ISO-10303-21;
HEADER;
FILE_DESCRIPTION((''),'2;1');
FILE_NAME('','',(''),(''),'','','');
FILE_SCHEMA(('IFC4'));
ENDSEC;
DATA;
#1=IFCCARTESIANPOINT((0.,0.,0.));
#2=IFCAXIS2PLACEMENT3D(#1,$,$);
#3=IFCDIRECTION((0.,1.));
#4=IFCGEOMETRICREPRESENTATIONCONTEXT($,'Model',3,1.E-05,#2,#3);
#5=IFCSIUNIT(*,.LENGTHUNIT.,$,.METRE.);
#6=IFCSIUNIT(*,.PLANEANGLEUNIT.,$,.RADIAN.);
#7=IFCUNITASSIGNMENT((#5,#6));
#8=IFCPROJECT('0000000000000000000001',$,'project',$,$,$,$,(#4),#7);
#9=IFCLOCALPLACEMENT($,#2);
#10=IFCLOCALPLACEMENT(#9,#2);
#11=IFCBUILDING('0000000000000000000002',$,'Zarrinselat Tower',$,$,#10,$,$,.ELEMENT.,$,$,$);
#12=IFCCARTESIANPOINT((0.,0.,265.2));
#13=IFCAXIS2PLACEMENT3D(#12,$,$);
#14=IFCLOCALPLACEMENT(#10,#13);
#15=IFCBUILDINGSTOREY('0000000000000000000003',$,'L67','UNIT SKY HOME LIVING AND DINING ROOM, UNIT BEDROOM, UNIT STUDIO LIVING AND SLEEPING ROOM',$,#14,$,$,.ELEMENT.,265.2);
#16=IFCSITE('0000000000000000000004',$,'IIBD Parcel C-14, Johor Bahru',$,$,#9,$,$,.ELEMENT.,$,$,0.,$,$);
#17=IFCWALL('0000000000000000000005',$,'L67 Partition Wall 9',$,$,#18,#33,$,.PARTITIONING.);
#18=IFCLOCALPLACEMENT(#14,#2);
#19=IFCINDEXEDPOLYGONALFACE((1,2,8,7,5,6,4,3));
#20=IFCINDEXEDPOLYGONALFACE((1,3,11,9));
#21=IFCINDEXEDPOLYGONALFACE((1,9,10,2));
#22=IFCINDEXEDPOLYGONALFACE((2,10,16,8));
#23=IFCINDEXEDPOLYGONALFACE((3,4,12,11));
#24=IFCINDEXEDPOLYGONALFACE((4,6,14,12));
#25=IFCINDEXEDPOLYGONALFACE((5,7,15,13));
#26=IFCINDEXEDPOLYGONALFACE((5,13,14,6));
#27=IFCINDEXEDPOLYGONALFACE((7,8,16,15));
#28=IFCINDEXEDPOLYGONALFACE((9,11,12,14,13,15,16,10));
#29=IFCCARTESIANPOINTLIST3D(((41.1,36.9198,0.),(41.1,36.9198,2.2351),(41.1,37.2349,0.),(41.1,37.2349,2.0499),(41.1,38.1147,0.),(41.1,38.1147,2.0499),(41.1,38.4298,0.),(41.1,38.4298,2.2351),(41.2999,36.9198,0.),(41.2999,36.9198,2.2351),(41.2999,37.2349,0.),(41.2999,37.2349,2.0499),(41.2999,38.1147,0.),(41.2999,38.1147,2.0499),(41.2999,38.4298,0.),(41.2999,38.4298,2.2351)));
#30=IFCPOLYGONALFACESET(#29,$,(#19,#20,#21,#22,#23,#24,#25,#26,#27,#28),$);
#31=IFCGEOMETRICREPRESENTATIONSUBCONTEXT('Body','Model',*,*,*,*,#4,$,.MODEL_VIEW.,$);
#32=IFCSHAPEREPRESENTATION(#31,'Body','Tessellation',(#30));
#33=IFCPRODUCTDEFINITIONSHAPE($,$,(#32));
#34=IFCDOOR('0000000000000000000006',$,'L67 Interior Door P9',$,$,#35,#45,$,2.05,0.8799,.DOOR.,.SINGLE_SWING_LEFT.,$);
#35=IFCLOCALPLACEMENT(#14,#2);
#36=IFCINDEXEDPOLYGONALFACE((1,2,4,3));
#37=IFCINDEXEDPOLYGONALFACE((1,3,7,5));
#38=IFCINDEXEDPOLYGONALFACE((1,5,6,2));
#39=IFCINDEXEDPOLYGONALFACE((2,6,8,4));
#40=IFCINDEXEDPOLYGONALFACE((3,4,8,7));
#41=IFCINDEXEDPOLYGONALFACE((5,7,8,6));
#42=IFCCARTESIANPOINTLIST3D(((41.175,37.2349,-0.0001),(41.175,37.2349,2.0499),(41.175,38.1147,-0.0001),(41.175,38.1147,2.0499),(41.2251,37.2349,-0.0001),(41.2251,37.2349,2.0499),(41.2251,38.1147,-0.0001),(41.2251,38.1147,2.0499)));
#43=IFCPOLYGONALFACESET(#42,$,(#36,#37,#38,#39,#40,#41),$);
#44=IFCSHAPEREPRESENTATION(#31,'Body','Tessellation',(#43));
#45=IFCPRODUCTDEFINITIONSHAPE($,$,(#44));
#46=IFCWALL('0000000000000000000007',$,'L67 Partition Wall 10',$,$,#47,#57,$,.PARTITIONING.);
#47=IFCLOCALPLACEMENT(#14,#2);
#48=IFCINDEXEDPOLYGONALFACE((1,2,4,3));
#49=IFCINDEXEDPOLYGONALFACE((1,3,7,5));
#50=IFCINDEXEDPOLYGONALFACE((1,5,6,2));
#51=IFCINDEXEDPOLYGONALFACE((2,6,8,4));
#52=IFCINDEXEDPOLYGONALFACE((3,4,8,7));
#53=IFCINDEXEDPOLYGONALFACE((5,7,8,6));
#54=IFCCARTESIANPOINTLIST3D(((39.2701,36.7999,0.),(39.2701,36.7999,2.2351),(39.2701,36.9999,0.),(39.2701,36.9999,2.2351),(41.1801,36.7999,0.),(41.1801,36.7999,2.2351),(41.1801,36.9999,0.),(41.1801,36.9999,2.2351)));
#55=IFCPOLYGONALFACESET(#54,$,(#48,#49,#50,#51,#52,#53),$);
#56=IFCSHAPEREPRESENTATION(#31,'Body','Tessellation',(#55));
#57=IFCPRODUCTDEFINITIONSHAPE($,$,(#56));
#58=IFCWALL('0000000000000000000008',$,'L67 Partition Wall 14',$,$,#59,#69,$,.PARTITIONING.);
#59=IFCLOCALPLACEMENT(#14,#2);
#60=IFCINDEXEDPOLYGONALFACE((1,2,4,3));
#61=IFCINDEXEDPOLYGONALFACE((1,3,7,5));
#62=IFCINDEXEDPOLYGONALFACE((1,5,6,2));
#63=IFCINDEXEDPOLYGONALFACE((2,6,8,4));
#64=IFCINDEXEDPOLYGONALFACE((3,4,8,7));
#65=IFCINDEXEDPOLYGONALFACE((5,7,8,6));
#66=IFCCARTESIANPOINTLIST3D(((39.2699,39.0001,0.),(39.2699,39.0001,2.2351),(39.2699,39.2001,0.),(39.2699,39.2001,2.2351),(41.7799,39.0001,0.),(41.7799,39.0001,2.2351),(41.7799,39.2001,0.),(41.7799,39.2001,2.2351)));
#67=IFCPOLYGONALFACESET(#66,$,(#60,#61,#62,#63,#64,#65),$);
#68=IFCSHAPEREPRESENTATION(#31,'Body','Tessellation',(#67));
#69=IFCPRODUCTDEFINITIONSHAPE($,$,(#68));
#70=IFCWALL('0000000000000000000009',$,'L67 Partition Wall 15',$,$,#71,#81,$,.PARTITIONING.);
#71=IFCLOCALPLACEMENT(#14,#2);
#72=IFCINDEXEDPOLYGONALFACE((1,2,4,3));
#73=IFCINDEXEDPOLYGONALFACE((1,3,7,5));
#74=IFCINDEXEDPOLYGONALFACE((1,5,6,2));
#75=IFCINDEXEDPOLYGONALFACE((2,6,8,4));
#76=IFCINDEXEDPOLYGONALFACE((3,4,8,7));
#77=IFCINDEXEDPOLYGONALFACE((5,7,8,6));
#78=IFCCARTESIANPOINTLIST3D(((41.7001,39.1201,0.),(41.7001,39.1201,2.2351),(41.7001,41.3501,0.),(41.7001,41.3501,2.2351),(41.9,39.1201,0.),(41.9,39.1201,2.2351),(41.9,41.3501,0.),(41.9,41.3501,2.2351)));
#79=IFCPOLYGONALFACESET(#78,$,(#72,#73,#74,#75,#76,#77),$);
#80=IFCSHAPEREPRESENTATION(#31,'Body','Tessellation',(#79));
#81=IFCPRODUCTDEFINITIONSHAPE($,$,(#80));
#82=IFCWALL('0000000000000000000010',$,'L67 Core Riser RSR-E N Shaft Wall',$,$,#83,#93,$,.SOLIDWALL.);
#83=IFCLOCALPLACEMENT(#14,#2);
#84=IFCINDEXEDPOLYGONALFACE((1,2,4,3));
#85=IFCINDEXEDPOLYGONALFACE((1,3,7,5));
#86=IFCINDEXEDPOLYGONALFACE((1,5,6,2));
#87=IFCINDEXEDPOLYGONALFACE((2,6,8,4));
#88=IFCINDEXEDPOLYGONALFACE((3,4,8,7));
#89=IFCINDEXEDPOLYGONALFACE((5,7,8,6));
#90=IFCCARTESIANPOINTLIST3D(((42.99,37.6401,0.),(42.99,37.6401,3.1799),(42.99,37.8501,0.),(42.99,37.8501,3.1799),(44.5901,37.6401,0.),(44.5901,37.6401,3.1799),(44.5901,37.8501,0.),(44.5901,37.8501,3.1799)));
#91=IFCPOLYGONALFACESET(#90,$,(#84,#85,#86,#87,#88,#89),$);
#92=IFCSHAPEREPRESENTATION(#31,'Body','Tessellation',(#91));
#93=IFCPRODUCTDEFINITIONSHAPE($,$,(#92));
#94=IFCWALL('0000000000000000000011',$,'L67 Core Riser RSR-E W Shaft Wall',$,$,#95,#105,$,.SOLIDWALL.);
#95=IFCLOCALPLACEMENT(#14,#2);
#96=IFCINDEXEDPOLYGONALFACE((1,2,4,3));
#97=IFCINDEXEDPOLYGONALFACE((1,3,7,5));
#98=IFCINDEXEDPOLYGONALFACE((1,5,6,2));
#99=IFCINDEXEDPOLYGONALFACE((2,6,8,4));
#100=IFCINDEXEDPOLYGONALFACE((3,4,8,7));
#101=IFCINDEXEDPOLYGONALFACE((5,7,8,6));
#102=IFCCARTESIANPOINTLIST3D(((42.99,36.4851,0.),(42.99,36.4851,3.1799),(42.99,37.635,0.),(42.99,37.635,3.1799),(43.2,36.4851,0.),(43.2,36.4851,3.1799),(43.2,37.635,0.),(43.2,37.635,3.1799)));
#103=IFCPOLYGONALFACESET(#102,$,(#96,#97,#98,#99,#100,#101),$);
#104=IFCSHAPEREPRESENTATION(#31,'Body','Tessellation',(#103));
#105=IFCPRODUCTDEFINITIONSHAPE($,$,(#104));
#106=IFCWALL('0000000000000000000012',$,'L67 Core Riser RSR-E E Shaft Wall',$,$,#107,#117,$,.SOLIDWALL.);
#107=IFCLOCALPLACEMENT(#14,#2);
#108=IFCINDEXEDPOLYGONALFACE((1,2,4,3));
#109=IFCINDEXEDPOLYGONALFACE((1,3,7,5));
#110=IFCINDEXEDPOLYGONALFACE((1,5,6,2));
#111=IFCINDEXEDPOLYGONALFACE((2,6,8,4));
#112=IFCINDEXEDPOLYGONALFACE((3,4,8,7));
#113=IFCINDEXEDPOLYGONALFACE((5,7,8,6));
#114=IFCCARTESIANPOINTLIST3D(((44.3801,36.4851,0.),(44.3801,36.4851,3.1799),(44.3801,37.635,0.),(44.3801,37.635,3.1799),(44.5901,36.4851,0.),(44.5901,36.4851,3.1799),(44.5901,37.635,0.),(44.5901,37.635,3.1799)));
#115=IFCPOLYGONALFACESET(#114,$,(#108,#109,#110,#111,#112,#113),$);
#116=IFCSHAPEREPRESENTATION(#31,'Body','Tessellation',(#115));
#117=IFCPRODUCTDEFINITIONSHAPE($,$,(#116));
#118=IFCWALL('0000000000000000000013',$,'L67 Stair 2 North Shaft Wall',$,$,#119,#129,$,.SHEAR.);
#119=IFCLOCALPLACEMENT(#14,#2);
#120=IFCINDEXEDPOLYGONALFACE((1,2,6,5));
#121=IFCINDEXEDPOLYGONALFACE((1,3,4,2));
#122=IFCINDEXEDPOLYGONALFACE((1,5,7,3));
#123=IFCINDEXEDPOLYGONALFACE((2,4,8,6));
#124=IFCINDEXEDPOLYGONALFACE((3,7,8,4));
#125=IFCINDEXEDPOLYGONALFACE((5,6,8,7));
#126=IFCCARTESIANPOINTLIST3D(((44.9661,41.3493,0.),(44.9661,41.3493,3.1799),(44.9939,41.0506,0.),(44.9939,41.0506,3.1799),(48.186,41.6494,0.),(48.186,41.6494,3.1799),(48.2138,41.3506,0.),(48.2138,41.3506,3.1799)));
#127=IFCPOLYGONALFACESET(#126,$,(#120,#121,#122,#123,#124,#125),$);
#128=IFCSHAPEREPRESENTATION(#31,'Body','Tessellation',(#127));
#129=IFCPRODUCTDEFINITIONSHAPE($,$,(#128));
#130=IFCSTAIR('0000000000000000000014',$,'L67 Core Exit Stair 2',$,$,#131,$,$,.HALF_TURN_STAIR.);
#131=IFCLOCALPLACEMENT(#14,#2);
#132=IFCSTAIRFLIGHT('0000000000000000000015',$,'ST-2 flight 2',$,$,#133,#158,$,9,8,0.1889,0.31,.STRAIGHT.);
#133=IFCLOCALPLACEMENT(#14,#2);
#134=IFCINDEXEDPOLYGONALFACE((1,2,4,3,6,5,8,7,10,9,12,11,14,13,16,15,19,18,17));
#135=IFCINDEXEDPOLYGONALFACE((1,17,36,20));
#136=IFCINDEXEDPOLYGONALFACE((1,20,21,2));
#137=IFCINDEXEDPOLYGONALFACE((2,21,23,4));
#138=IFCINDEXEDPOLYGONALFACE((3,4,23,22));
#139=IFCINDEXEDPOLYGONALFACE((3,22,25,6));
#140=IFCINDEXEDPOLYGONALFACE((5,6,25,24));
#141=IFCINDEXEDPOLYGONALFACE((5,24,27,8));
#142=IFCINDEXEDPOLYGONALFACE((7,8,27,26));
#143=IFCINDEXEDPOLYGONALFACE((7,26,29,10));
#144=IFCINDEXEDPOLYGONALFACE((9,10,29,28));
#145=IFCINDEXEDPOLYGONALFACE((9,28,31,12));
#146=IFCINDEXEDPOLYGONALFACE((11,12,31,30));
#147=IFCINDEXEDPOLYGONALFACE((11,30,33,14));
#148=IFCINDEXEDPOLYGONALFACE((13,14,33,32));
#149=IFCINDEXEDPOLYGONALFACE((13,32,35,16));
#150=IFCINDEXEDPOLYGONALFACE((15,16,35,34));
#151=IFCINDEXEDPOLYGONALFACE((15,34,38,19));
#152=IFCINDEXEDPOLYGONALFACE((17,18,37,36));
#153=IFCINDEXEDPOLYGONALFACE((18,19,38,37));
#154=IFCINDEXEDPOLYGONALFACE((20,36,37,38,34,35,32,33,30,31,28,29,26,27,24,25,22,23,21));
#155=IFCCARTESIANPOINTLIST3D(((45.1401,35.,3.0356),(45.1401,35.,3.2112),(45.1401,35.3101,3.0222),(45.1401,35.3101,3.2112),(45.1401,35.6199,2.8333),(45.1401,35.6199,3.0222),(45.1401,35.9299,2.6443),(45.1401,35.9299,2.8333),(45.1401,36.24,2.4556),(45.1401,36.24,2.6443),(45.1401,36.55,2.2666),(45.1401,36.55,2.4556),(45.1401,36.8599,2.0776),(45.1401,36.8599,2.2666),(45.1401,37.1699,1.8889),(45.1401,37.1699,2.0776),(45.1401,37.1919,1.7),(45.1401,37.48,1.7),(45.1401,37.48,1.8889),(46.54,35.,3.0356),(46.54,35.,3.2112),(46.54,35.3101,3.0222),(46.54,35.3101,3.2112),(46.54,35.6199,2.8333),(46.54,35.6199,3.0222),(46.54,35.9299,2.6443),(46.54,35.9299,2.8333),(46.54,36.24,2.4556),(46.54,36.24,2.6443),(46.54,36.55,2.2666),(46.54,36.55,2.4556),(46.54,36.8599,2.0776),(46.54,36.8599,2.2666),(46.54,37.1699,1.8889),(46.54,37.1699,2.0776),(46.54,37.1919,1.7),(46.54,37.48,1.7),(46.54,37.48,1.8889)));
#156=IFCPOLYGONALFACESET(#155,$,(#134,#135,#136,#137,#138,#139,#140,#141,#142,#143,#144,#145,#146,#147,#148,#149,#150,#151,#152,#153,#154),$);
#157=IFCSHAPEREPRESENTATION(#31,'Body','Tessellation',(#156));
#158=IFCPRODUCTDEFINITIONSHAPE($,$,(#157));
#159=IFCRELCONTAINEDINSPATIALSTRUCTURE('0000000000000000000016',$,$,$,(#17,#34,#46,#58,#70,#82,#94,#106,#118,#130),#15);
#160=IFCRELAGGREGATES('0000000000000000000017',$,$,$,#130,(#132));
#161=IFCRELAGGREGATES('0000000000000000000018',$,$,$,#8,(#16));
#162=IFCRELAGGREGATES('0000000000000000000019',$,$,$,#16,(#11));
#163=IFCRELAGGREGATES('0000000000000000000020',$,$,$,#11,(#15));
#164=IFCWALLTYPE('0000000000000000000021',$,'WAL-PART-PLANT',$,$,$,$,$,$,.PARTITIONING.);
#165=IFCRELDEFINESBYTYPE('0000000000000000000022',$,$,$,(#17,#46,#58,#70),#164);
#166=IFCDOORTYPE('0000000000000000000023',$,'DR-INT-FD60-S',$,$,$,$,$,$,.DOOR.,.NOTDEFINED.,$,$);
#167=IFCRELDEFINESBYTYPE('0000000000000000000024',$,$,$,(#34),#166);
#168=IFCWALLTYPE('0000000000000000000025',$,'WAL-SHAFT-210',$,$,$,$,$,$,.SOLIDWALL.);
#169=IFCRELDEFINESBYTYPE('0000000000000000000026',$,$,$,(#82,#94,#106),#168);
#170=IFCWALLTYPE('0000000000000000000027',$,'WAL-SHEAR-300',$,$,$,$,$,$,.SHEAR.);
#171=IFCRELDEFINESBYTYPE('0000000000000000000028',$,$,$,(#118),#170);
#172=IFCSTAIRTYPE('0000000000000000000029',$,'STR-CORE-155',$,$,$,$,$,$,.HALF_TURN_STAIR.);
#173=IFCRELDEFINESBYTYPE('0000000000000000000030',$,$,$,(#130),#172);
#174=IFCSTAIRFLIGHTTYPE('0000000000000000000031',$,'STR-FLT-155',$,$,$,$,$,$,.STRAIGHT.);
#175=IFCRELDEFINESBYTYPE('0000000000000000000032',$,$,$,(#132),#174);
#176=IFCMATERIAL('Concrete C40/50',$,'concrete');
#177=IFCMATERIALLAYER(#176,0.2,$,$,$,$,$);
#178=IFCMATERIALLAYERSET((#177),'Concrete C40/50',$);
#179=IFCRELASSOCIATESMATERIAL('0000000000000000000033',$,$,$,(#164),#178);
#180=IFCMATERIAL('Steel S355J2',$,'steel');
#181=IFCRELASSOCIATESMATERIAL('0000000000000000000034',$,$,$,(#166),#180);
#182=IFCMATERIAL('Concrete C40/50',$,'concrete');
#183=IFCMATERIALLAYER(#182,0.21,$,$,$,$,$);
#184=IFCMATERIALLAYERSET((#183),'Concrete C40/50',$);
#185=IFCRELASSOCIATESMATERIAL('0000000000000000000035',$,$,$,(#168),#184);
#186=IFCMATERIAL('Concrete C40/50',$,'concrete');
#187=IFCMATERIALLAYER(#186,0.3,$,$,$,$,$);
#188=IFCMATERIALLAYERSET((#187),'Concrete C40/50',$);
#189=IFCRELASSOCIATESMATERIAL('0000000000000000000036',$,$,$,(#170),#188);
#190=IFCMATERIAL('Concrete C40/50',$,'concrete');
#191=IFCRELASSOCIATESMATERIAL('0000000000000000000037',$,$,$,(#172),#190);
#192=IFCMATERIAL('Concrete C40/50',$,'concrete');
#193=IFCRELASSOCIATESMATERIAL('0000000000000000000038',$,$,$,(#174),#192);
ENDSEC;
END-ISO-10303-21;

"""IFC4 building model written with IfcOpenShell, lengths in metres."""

from ifc_helpers import new_model, si_unit, direction, frame, frame_2d, origin, place, context, subcontext, project, spatial, polyline, rectangle, outline, extrude, material, layer, layer_set, type_object, element, fill, aggregate, save


model = new_model("IFC4")

# Units and contexts
model_context = context("Model", 3, precision=1e-05, world=origin(), true_north=direction((0.0, 1.0)))
body_context = subcontext(model_context, "Body", "Model", "MODEL_VIEW")
ifc_project = project(units=[si_unit("LENGTHUNIT", "METRE"), si_unit("PLANEANGLEUNIT", "RADIAN")], contexts=[model_context])

# Site, building, storey
site_placement = place(None, origin())
site = spatial("IfcSite", under=ifc_project, at=site_placement, Name="IIBD Parcel C-14, Johor Bahru", CompositionType="ELEMENT", RefElevation=0.0)
building_placement = place(site_placement, origin())
building = spatial("IfcBuilding", under=site, at=building_placement, Name="Zarrinselat Tower", CompositionType="ELEMENT")
storey_placement = place(building_placement, frame((0.0, 0.0, 265.2)))
storey = spatial("IfcBuildingStorey", under=building, at=storey_placement, Name="L67", Description="UNIT SKY HOME LIVING AND DINING ROOM, UNIT BEDROOM, UNIT STUDIO LIVING AND SLEEPING ROOM", CompositionType="ELEMENT", Elevation=265.2)

# Shared definitions
ifc_material_1 = material(Name="Concrete C40/50", Category="concrete")
ifc_layer_1 = layer(ifc_material_1, 0.2)
ifc_layer_set_1 = layer_set([ifc_layer_1], Name="Concrete C40/50")
wall_type_1 = type_object("IfcWallType", Name="WAL-PART-PLANT", PredefinedType="PARTITIONING", material=ifc_layer_set_1)

# Wall, opening, door
wall_1_placement = place(storey_placement, frame((41.2, 36.9199, 0.0), z_axis=(0.0, 0.0, 1.0), x_axis=(0.0, 1.0, 0.0)))
wall_1 = element("IfcWall", 1, at=wall_1_placement, inside=storey, type_object=wall_type_1, Name="L67 Partition Wall 9", PredefinedType="PARTITIONING", context=body_context, shape_type="SweptSolid", body=[
    extrude(rectangle(XDim=1.51, YDim=0.2, at=frame_2d((0.7549, 0.0))), origin(), (0.0, 0.0, 1.0), 2.2351),
])
opening_1_placement = place(wall_1_placement, frame((0.3149, 0.0, 0.0)))
opening_1 = element("IfcOpeningElement", 2, at=opening_1_placement, cuts=wall_1, PredefinedType="OPENING", context=body_context, shape_type="SweptSolid", body=[
    extrude(rectangle(XDim=0.8799, YDim=2.05, at=frame_2d((0.4399, 1.0249))), frame((0.0, 0.1099, 0.0), z_axis=(0.0, -1.0, 0.0), x_axis=(1.0, 0.0, 0.0)), (0.0, 0.0, 1.0), 0.22),
])
ifc_material_2 = material(Name="Steel S355J2", Category="steel")
door_type_1 = type_object("IfcDoorType", Name="DR-INT-FD60-S", OperationType="NOTDEFINED", PredefinedType="DOOR", material=ifc_material_2)
door_1_placement = place(opening_1_placement, origin())
door_1 = element("IfcDoor", 3, at=door_1_placement, inside=storey, type_object=door_type_1, Name="L67 Interior Door P9", OperationType="SINGLE_SWING_LEFT", OverallHeight=2.05, OverallWidth=0.8799, PredefinedType="DOOR", context=body_context, shape_type="SweptSolid", body=[
    extrude(rectangle(XDim=0.8799, YDim=2.05, at=frame_2d((0.4399, 1.0249))), frame((0.0, 0.0249, 0.0), z_axis=(0.0, -1.0, 0.0), x_axis=(1.0, 0.0, 0.0)), (0.0, 0.0, 1.0), 0.05),
])
fill(opening_1, door_1)

# Walls
wall_2_placement = place(storey_placement, frame((39.27, 36.8999, 0.0), z_axis=(0.0, 0.0, 1.0), x_axis=(1.0, 0.0, 0.0)))
element("IfcWall", 4, at=wall_2_placement, inside=storey, type_object=wall_type_1, Name="L67 Partition Wall 10", PredefinedType="PARTITIONING", context=body_context, shape_type="SweptSolid", body=[
    extrude(rectangle(XDim=1.9099, YDim=0.2, at=frame_2d((0.9551, 0.0))), origin(), (0.0, 0.0, 1.0), 2.2351),
])
wall_3_placement = place(storey_placement, frame((39.27, 39.1001, 0.0), z_axis=(0.0, 0.0, 1.0), x_axis=(1.0, 0.0, 0.0)))
element("IfcWall", 5, at=wall_3_placement, inside=storey, type_object=wall_type_1, Name="L67 Partition Wall 14", PredefinedType="PARTITIONING", context=body_context, shape_type="SweptSolid", body=[
    extrude(rectangle(XDim=2.51, YDim=0.2, at=frame_2d((1.2549, 0.0))), origin(), (0.0, 0.0, 1.0), 2.2351),
])
wall_4_placement = place(storey_placement, frame((41.8, 39.1201, 0.0), z_axis=(0.0, 0.0, 1.0), x_axis=(0.0, 1.0, 0.0)))
element("IfcWall", 6, at=wall_4_placement, inside=storey, type_object=wall_type_1, Name="L67 Partition Wall 15", PredefinedType="PARTITIONING", context=body_context, shape_type="SweptSolid", body=[
    extrude(rectangle(XDim=2.23, YDim=0.2, at=frame_2d((1.115, 0.0))), origin(), (0.0, 0.0, 1.0), 2.2351),
])
ifc_material_3 = material(Name="Concrete C40/50", Category="concrete")
ifc_layer_2 = layer(ifc_material_3, 0.21)
ifc_layer_set_2 = layer_set([ifc_layer_2], Name="Concrete C40/50")
wall_type_2 = type_object("IfcWallType", Name="WAL-SHAFT-210", PredefinedType="SOLIDWALL", material=ifc_layer_set_2)
wall_5_placement = place(storey_placement, frame((42.99, 37.7451, 0.0), z_axis=(0.0, 0.0, 1.0), x_axis=(1.0, 0.0, 0.0)))
element("IfcWall", 7, at=wall_5_placement, inside=storey, type_object=wall_type_2, Name="L67 Core Riser RSR-E N Shaft Wall", PredefinedType="SOLIDWALL", context=body_context, shape_type="SweptSolid", body=[
    extrude(rectangle(XDim=1.6001, YDim=0.21, at=frame_2d((0.8, 0.0))), origin(), (0.0, 0.0, 1.0), 3.1799),
])
for number, where, z_axis, x_axis, name in (
    (8, (43.095, 36.4851, 0.0), (0.0, 0.0, 1.0), (0.0, 1.0, 0.0), "L67 Core Riser RSR-E W Shaft Wall"),
    (9, (44.4851, 36.4851, 0.0), (0.0, 0.0, 1.0), (0.0, 1.0, 0.0), "L67 Core Riser RSR-E E Shaft Wall"),
):
    element("IfcWall", number, at=place(storey_placement, frame(where, z_axis=z_axis, x_axis=x_axis)), inside=storey, type_object=wall_type_2, Name=name, PredefinedType="SOLIDWALL", context=body_context, shape_type="SweptSolid", body=[
        extrude(rectangle(XDim=1.1499, YDim=0.21, at=frame_2d((0.575, 0.0))), origin(), (0.0, 0.0, 1.0), 3.1799),
    ])
ifc_material_4 = material(Name="Concrete C40/50", Category="concrete")
ifc_layer_3 = layer(ifc_material_4, 0.3)
ifc_layer_set_3 = layer_set([ifc_layer_3], Name="Concrete C40/50")
wall_type_3 = type_object("IfcWallType", Name="WAL-SHEAR-300", PredefinedType="SHEAR", material=ifc_layer_set_3)
wall_6_placement = place(storey_placement, frame((44.98, 41.2, 0.0), z_axis=(0.0, 0.0, 1.0), x_axis=(0.995686, 0.092782, 0.0)))
element("IfcWall", 10, at=wall_6_placement, inside=storey, type_object=wall_type_3, Name="L67 Stair 2 North Shaft Wall", PredefinedType="SHEAR", context=body_context, shape_type="SweptSolid", body=[
    extrude(rectangle(XDim=3.2339, YDim=0.3, at=frame_2d((1.6169, 0.0))), origin(), (0.0, 0.0, 1.0), 3.1799),
])

# Stair, stair flight
ifc_material_5 = material(Name="Concrete C40/50", Category="concrete")
stair_type = type_object("IfcStairType", Name="STR-CORE-155", PredefinedType="HALF_TURN_STAIR", material=ifc_material_5)
stair_placement = place(storey_placement, origin())
stair = element("IfcStair", 11, at=stair_placement, inside=storey, type_object=stair_type, Name="L67 Core Exit Stair 2", PredefinedType="HALF_TURN_STAIR")
ifc_material_6 = material(Name="Concrete C40/50", Category="concrete")
stair_flight_type = type_object("IfcStairFlightType", Name="STR-FLT-155", PredefinedType="STRAIGHT", material=ifc_material_6)
stair_flight_placement = place(storey_placement, frame((45.8401, 37.48, 1.7), z_axis=(0.0, 0.0, 1.0), x_axis=(0.0, -1.0, 0.0)))
stair_flight = element("IfcStairFlight", 12, at=stair_flight_placement, type_object=stair_flight_type, Name="ST-2 flight 2", NumberOfRisers=9, NumberOfTreads=8, PredefinedType="STRAIGHT", RiserHeight=0.1889, TreadLength=0.31, context=body_context, shape_type="SweptSolid", body=[
    extrude(outline(polyline([(0.0, 0.0), (0.0, 0.189), (0.3101, 0.189), (0.3101, 0.3777), (0.6201, 0.3777), (0.6201, 0.5667), (0.9299, 0.5667), (0.9299, 0.7556), (1.24, 0.7556), (1.24, 0.9443), (1.55, 0.9443), (1.55, 1.1333), (1.8601, 1.1333), (1.8601, 1.3223), (2.1699, 1.3223), (2.1699, 1.5112), (2.48, 1.5112), (2.48, 1.7), (2.48, 1.3357), (0.2881, 0.0), (0.0, 0.0)])), frame((0.0, 0.7, 0.0), z_axis=(0.0, -1.0, 0.0), x_axis=(1.0, 0.0, 0.0)), (0.0, 0.0, 1.0), 1.3999),
])
aggregate(stair, [stair_flight])

save(model, "model.ifc")
